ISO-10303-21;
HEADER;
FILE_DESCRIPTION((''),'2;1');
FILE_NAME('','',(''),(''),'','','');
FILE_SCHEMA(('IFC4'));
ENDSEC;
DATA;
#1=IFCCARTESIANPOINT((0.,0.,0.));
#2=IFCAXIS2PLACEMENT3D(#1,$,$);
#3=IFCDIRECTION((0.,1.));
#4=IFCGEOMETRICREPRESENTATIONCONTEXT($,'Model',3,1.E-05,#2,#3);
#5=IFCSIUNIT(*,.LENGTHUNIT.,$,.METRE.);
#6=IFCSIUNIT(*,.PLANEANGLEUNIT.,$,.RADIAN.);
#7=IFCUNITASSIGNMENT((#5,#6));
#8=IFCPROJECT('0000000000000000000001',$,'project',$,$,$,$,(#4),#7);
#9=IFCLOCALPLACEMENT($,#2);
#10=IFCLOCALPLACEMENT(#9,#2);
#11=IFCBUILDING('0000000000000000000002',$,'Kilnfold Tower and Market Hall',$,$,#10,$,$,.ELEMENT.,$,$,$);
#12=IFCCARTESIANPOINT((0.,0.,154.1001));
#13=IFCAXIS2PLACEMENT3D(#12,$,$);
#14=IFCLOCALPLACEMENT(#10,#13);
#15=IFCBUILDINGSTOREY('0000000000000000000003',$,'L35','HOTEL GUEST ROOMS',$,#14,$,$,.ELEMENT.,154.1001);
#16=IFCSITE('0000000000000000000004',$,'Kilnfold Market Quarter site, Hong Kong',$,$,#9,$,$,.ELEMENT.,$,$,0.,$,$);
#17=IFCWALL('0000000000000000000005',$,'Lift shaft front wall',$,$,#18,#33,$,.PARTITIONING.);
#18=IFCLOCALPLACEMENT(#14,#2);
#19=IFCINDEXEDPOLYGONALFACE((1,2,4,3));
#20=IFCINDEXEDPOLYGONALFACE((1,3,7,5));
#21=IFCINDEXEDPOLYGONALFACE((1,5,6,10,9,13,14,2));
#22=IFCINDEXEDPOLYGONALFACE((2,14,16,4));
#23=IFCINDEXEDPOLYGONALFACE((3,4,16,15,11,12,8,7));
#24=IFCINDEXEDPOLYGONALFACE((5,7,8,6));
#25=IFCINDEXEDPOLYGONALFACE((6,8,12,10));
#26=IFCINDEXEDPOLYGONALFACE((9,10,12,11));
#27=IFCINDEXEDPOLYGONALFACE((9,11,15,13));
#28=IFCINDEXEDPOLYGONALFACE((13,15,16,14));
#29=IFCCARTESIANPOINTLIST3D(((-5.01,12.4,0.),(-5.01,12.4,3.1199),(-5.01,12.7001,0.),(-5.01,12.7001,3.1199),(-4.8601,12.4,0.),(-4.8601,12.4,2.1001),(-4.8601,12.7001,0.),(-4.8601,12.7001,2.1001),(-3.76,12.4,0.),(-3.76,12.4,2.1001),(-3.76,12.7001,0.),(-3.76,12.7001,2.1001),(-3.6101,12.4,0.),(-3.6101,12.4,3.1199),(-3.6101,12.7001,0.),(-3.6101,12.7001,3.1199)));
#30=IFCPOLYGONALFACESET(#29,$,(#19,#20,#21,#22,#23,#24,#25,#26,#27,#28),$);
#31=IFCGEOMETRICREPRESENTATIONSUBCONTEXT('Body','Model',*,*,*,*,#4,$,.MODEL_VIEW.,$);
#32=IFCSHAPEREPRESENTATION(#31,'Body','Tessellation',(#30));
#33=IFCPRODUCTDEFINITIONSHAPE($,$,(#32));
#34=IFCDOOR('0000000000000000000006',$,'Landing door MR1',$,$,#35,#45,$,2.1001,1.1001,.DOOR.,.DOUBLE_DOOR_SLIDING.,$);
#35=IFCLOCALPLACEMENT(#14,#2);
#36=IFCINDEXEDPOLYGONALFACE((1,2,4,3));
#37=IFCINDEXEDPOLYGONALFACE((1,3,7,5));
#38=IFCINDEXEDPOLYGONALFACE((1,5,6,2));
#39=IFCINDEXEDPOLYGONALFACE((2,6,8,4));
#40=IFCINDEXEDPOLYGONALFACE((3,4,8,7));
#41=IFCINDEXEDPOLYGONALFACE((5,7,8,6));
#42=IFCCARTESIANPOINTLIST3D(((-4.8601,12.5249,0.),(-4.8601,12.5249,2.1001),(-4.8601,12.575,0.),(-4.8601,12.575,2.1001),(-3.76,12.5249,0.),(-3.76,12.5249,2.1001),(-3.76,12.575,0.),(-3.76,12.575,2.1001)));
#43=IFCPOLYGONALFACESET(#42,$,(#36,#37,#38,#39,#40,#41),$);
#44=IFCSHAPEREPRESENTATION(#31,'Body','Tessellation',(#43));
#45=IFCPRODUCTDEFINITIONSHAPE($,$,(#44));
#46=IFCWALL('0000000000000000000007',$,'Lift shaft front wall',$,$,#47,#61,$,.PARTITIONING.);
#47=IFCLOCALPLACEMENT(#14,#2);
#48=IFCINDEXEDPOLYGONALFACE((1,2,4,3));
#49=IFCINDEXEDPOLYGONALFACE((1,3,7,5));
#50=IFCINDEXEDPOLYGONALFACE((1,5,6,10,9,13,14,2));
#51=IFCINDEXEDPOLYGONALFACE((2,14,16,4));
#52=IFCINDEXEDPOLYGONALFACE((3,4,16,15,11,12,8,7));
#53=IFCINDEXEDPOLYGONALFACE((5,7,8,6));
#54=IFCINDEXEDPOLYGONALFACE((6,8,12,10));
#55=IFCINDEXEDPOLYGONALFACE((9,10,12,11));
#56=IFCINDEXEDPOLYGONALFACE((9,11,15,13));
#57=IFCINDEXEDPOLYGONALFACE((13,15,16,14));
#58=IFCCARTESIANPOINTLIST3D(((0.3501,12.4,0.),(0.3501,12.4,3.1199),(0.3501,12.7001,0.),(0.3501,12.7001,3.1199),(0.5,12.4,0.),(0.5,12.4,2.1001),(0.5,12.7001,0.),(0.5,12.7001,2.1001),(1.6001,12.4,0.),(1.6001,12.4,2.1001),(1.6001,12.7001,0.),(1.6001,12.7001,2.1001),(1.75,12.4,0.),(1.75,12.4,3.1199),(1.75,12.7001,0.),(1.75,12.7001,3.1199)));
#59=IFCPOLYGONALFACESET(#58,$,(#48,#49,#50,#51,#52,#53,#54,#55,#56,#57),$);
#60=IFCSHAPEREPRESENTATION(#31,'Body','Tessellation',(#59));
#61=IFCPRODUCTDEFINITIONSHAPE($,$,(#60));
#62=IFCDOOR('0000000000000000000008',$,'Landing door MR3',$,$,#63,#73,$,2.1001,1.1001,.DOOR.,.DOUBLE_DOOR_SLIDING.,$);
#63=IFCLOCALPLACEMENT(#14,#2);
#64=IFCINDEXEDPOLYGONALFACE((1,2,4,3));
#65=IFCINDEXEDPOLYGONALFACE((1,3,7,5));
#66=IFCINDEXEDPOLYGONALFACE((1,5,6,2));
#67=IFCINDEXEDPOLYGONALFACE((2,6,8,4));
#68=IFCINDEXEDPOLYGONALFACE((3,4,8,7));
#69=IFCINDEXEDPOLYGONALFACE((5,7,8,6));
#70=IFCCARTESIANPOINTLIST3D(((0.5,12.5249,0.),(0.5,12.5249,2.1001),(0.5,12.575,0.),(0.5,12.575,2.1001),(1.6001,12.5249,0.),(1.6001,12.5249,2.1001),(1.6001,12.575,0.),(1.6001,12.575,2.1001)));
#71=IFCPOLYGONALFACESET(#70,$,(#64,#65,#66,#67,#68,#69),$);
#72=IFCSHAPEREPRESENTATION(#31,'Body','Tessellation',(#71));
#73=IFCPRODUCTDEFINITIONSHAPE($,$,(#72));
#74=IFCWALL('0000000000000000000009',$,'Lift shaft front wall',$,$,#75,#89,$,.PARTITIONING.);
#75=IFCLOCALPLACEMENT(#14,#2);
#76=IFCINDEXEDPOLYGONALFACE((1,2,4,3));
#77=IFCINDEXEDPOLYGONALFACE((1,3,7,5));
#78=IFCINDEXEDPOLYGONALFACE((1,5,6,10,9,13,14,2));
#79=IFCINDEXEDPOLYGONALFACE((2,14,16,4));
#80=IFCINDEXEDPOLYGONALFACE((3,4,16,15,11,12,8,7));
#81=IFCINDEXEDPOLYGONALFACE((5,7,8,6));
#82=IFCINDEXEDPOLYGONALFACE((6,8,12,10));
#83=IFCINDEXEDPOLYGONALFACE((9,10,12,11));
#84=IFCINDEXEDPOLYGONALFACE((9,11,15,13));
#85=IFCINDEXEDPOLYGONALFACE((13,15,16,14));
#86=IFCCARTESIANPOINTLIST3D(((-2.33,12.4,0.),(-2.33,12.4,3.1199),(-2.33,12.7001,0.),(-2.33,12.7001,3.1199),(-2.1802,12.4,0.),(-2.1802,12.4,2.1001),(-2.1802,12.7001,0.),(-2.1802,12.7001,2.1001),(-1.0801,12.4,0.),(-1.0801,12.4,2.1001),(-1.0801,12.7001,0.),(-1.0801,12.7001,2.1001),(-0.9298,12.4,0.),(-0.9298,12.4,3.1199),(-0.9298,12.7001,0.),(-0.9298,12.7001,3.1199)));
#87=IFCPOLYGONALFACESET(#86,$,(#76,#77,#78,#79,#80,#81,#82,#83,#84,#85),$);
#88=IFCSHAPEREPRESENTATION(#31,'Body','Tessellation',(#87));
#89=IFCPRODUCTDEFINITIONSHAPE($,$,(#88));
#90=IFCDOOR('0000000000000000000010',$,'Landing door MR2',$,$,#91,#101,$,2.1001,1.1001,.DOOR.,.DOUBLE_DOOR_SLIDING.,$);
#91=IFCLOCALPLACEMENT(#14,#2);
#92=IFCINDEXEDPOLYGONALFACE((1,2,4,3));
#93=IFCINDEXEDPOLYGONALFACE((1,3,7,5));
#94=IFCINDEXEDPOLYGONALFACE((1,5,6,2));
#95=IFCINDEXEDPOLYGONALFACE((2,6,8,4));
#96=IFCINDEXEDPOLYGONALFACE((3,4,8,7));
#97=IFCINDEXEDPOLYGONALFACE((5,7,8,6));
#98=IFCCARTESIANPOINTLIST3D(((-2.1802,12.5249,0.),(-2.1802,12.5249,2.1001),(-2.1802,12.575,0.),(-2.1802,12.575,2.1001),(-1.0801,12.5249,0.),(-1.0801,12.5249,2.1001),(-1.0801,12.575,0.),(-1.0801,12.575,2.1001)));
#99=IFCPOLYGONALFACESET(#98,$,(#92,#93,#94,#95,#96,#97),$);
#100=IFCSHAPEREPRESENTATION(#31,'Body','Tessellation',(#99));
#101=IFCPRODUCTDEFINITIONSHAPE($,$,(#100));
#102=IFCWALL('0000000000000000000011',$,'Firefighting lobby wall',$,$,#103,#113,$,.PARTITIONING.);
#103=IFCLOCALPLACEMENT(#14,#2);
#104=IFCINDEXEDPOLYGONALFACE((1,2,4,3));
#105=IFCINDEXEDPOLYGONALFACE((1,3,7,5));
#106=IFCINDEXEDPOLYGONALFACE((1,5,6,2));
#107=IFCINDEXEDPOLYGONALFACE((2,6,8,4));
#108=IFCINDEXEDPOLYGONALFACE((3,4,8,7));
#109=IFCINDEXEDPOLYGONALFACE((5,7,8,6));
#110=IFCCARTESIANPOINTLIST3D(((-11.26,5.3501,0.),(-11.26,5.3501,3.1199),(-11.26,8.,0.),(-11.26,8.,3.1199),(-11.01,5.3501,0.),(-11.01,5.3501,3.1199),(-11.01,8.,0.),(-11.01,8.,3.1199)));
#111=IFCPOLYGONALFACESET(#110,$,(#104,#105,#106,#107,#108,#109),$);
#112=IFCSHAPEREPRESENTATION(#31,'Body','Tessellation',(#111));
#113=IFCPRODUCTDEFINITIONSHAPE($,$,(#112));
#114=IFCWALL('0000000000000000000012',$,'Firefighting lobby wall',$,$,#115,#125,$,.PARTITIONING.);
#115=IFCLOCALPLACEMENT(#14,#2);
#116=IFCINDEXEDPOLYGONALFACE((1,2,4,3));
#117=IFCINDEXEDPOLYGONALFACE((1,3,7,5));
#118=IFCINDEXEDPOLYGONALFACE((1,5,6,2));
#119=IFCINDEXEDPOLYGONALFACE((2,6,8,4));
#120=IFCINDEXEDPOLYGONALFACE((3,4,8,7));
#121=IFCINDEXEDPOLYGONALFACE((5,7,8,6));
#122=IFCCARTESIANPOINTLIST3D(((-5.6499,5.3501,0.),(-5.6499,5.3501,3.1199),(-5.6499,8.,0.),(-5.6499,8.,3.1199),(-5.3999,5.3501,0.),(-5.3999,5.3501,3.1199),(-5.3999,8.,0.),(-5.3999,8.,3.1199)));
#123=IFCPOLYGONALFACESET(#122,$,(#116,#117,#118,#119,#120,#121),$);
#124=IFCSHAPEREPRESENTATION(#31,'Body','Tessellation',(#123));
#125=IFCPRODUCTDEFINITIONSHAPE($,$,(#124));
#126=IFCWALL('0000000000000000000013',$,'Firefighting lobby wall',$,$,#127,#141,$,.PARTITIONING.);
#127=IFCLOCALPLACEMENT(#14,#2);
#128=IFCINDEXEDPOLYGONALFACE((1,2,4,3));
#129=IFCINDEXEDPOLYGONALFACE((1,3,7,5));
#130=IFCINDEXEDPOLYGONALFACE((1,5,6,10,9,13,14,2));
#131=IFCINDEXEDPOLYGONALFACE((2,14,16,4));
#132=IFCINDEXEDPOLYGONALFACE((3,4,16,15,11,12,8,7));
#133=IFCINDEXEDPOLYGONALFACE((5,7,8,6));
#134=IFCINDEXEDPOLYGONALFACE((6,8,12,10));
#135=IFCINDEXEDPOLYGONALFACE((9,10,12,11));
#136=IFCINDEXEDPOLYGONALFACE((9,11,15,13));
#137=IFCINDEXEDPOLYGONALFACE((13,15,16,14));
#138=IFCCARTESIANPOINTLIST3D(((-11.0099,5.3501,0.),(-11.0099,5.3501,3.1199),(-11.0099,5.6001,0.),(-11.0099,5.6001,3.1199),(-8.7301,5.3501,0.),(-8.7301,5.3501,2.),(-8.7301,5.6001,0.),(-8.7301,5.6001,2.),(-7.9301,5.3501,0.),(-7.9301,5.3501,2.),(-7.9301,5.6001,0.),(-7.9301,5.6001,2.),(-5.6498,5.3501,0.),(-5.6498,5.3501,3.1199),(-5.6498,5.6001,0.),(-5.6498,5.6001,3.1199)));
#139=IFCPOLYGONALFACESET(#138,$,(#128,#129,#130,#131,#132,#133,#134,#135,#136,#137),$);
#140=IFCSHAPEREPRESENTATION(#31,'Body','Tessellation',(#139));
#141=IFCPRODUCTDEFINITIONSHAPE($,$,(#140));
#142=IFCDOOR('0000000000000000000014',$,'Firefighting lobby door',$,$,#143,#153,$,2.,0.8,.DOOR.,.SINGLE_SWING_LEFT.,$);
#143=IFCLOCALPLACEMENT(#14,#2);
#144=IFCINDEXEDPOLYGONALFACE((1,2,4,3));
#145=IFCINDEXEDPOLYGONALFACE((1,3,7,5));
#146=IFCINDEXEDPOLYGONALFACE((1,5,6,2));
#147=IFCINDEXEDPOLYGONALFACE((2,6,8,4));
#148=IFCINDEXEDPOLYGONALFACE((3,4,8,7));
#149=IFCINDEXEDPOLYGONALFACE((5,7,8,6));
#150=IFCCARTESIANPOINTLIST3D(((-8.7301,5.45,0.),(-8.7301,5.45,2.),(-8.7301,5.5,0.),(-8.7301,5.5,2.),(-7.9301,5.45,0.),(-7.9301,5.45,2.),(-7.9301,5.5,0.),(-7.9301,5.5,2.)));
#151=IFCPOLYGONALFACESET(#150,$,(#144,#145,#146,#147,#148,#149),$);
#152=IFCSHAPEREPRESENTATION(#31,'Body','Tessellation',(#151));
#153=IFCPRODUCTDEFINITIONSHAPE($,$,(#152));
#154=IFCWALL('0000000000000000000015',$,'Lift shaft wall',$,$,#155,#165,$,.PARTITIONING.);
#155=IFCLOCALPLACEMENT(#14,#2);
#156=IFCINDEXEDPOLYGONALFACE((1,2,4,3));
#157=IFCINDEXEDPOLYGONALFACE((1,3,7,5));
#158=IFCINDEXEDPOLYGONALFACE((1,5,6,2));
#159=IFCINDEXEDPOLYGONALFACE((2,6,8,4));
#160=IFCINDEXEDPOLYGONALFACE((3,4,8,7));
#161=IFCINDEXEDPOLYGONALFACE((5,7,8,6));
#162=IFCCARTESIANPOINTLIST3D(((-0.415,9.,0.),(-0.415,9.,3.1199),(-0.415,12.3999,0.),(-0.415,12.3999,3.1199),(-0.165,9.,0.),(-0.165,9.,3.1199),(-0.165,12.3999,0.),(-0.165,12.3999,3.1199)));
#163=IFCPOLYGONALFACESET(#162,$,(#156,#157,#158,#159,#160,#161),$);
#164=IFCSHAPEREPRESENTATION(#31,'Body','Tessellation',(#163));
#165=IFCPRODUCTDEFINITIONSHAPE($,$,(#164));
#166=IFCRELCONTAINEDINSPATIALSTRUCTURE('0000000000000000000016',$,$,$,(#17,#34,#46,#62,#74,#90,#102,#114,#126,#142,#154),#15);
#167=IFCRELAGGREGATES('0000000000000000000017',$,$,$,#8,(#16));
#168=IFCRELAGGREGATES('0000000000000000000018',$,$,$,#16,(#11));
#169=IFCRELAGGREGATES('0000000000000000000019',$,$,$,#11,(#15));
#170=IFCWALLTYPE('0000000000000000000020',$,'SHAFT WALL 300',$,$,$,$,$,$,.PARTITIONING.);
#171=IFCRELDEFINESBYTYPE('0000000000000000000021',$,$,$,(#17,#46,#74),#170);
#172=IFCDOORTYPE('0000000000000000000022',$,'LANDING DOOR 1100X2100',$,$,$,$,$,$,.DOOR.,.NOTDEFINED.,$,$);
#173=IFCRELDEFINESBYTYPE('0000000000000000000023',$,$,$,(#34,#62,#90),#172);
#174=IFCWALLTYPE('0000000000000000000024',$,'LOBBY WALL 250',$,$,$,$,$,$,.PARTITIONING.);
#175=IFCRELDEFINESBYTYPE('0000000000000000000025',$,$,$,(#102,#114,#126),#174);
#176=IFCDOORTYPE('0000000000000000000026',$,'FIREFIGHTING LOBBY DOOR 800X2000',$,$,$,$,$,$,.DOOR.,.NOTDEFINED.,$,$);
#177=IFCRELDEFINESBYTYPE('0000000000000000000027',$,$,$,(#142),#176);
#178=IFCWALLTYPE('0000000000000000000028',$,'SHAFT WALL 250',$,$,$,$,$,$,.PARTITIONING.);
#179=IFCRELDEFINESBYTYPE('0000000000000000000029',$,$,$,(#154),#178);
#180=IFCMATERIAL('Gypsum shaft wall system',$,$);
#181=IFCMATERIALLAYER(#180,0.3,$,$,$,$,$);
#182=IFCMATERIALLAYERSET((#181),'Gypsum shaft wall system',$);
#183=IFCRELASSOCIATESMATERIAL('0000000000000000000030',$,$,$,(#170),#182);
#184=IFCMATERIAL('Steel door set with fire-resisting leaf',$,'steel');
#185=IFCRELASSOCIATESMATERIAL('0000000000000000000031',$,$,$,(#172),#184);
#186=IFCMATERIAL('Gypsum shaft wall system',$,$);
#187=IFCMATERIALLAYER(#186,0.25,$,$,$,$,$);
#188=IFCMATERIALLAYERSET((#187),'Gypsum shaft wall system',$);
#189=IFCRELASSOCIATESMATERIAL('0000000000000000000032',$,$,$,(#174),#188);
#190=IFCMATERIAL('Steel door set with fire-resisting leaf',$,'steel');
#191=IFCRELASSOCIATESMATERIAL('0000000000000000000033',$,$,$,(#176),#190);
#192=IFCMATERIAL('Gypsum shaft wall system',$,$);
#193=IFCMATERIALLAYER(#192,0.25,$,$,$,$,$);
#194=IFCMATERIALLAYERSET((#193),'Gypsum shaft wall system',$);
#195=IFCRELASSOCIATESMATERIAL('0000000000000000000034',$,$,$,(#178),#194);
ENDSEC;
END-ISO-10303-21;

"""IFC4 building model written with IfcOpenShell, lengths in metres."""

from ifc_helpers import new_model, si_unit, direction, frame, frame_2d, origin, place, context, subcontext, project, spatial, rectangle, extrude, source, transform, mapped, material, layer, layer_set, type_object, element, fill, save


model = new_model("IFC4")

# Units and contexts
model_context = context("Model", 3, precision=1e-05, world=origin(), true_north=direction((0.0, 1.0)))
body_context = subcontext(model_context, "Body", "Model", "MODEL_VIEW")
ifc_project = project(units=[si_unit("LENGTHUNIT", "METRE"), si_unit("PLANEANGLEUNIT", "RADIAN")], contexts=[model_context])

# Site, building, storey
site_placement = place(None, origin())
site = spatial("IfcSite", under=ifc_project, at=site_placement, Name="Kilnfold Market Quarter site, Hong Kong", CompositionType="ELEMENT", RefElevation=0.0)
building_placement = place(site_placement, origin())
building = spatial("IfcBuilding", under=site, at=building_placement, Name="Kilnfold Tower and Market Hall", CompositionType="ELEMENT")
storey_placement = place(building_placement, frame((0.0, 0.0, 154.1001)))
storey = spatial("IfcBuildingStorey", under=building, at=storey_placement, Name="L35", Description="HOTEL GUEST ROOMS", CompositionType="ELEMENT", Elevation=154.1001)

# Walls, openings, doors
ifc_material_1 = material(Name="Gypsum shaft wall system")
ifc_layer_1 = layer(ifc_material_1, 0.3)
ifc_layer_set_1 = layer_set([ifc_layer_1], Name="Gypsum shaft wall system")
wall_type_1 = type_object("IfcWallType", Name="SHAFT WALL 300", PredefinedType="PARTITIONING", material=ifc_layer_set_1)
shared_shape_1 = source(origin(), body_context, "Body", "SweptSolid", [
    extrude(rectangle(XDim=1.3999, YDim=0.3, at=frame_2d((0.7, 0.0))), origin(), (0.0, 0.0, 1.0), 3.1199),
])
wall_1_placement = place(storey_placement, frame((-5.01, 12.55, 0.0), z_axis=(0.0, 0.0, 1.0), x_axis=(1.0, 0.0, 0.0)))
wall_1 = element("IfcWall", 1, at=wall_1_placement, inside=storey, type_object=wall_type_1, Name="Lift shaft front wall", PredefinedType="PARTITIONING", context=body_context, shape_type="MappedRepresentation", body=[
    mapped(shared_shape_1, transform((0.0, 0.0, 0.0))),
])
opening_1_placement = place(wall_1_placement, frame((0.1499, 0.0, 0.0)))
opening_1 = element("IfcOpeningElement", 2, at=opening_1_placement, cuts=wall_1, PredefinedType="OPENING", context=body_context, shape_type="SweptSolid", body=[
    extrude(rectangle(XDim=1.1001, YDim=2.1001, at=frame_2d((0.55, 1.05))), frame((0.0, 0.1602, 0.0), z_axis=(0.0, -1.0, 0.0), x_axis=(1.0, 0.0, 0.0)), (0.0, 0.0, 1.0), 0.3201),
])
ifc_material_2 = material(Name="Steel door set with fire-resisting leaf", Category="steel")
door_type_1 = type_object("IfcDoorType", Name="LANDING DOOR 1100X2100", OperationType="NOTDEFINED", PredefinedType="DOOR", material=ifc_material_2)
door_1_placement = place(opening_1_placement, origin())
door_1 = element("IfcDoor", 3, at=door_1_placement, inside=storey, type_object=door_type_1, Name="Landing door MR1", OperationType="DOUBLE_DOOR_SLIDING", OverallHeight=2.1001, OverallWidth=1.1001, PredefinedType="DOOR", context=body_context, shape_type="SweptSolid", body=[
    extrude(rectangle(XDim=1.1001, YDim=2.1001, at=frame_2d((0.55, 1.05))), frame((0.0, 0.0249, 0.0), z_axis=(0.0, -1.0, 0.0), x_axis=(1.0, 0.0, 0.0)), (0.0, 0.0, 1.0), 0.05),
])
fill(opening_1, door_1)
wall_2_placement = place(storey_placement, frame((0.3501, 12.55, 0.0), z_axis=(0.0, 0.0, 1.0), x_axis=(1.0, 0.0, 0.0)))
wall_2 = element("IfcWall", 4, at=wall_2_placement, inside=storey, type_object=wall_type_1, Name="Lift shaft front wall", PredefinedType="PARTITIONING", context=body_context, shape_type="MappedRepresentation", body=[
    mapped(shared_shape_1, transform((0.0, 0.0, 0.0))),
])
opening_2_placement = place(wall_2_placement, frame((0.1499, 0.0, 0.0)))
opening_2 = element("IfcOpeningElement", 5, at=opening_2_placement, cuts=wall_2, PredefinedType="OPENING", context=body_context, shape_type="SweptSolid", body=[
    extrude(rectangle(XDim=1.1001, YDim=2.1001, at=frame_2d((0.55, 1.05))), frame((0.0, 0.1602, 0.0), z_axis=(0.0, -1.0, 0.0), x_axis=(1.0, 0.0, 0.0)), (0.0, 0.0, 1.0), 0.3201),
])
door_2_placement = place(opening_2_placement, origin())
door_2 = element("IfcDoor", 6, at=door_2_placement, inside=storey, type_object=door_type_1, Name="Landing door MR3", OperationType="DOUBLE_DOOR_SLIDING", OverallHeight=2.1001, OverallWidth=1.1001, PredefinedType="DOOR", context=body_context, shape_type="SweptSolid", body=[
    extrude(rectangle(XDim=1.1001, YDim=2.1001, at=frame_2d((0.55, 1.05))), frame((0.0, 0.0249, 0.0), z_axis=(0.0, -1.0, 0.0), x_axis=(1.0, 0.0, 0.0)), (0.0, 0.0, 1.0), 0.05),
])
fill(opening_2, door_2)
shared_shape_2 = source(origin(), body_context, "Body", "SweptSolid", [
    extrude(rectangle(XDim=1.4001, YDim=0.3, at=frame_2d((0.7002, 0.0))), origin(), (0.0, 0.0, 1.0), 3.1199),
])
wall_3_placement = place(storey_placement, frame((-2.3301, 12.55, 0.0), z_axis=(0.0, 0.0, 1.0), x_axis=(1.0, 0.0, 0.0)))
wall_3 = element("IfcWall", 7, at=wall_3_placement, inside=storey, type_object=wall_type_1, Name="Lift shaft front wall", PredefinedType="PARTITIONING", context=body_context, shape_type="MappedRepresentation", body=[
    mapped(shared_shape_2, transform((0.0, 0.0, 0.0))),
])
opening_3_placement = place(wall_3_placement, frame((0.1499, 0.0, 0.0)))
opening_3 = element("IfcOpeningElement", 8, at=opening_3_placement, cuts=wall_3, PredefinedType="OPENING", context=body_context, shape_type="SweptSolid", body=[
    extrude(rectangle(XDim=1.1001, YDim=2.1001, at=frame_2d((0.55, 1.05))), frame((0.0, 0.1602, 0.0), z_axis=(0.0, -1.0, 0.0), x_axis=(1.0, 0.0, 0.0)), (0.0, 0.0, 1.0), 0.3201),
])
door_3_placement = place(opening_3_placement, origin())
door_3 = element("IfcDoor", 9, at=door_3_placement, inside=storey, type_object=door_type_1, Name="Landing door MR2", OperationType="DOUBLE_DOOR_SLIDING", OverallHeight=2.1001, OverallWidth=1.1001, PredefinedType="DOOR", context=body_context, shape_type="SweptSolid", body=[
    extrude(rectangle(XDim=1.1001, YDim=2.1001, at=frame_2d((0.55, 1.05))), frame((0.0, 0.0249, 0.0), z_axis=(0.0, -1.0, 0.0), x_axis=(1.0, 0.0, 0.0)), (0.0, 0.0, 1.0), 0.05),
])
fill(opening_3, door_3)

# Walls
ifc_material_3 = material(Name="Gypsum shaft wall system")
ifc_layer_2 = layer(ifc_material_3, 0.25)
ifc_layer_set_2 = layer_set([ifc_layer_2], Name="Gypsum shaft wall system")
wall_type_2 = type_object("IfcWallType", Name="LOBBY WALL 250", PredefinedType="PARTITIONING", material=ifc_layer_set_2)
shared_shape_3 = source(origin(), body_context, "Body", "SweptSolid", [
    extrude(rectangle(XDim=2.6499, YDim=0.25, at=frame_2d((1.325, 0.0))), origin(), (0.0, 0.0, 1.0), 3.1199),
])
for number, where, z_axis, x_axis, name in (
    (10, (-11.135, 5.3501, 0.0), (0.0, 0.0, 1.0), (0.0, 1.0, 0.0), "Firefighting lobby wall"),
    (11, (-5.5249, 5.3501, 0.0), (0.0, 0.0, 1.0), (0.0, 1.0, 0.0), "Firefighting lobby wall"),
):
    element("IfcWall", number, at=place(storey_placement, frame(where, z_axis=z_axis, x_axis=x_axis)), inside=storey, type_object=wall_type_2, Name=name, PredefinedType="PARTITIONING", context=body_context, shape_type="MappedRepresentation", body=[
        mapped(shared_shape_3, transform((0.0, 0.0, 0.0))),
    ])

# Wall, opening, door
shared_shape_4 = source(origin(), body_context, "Body", "SweptSolid", [
    extrude(rectangle(XDim=5.3601, YDim=0.25, at=frame_2d((2.6802, 0.0))), origin(), (0.0, 0.0, 1.0), 3.1199),
])
wall_4_placement = place(storey_placement, frame((-11.01, 5.4751, 0.0), z_axis=(0.0, 0.0, 1.0), x_axis=(1.0, 0.0, 0.0)))
wall_4 = element("IfcWall", 12, at=wall_4_placement, inside=storey, type_object=wall_type_2, Name="Firefighting lobby wall", PredefinedType="PARTITIONING", context=body_context, shape_type="MappedRepresentation", body=[
    mapped(shared_shape_4, transform((0.0, 0.0, 0.0))),
])
opening_4_placement = place(wall_4_placement, frame((2.28, 0.0, 0.0)))
opening_4 = element("IfcOpeningElement", 13, at=opening_4_placement, cuts=wall_4, PredefinedType="OPENING", context=body_context, shape_type="SweptSolid", body=[
    extrude(rectangle(XDim=0.8, YDim=2.0, at=frame_2d((0.3999, 1.0))), frame((0.0, 0.135, 0.0), z_axis=(0.0, -1.0, 0.0), x_axis=(1.0, 0.0, 0.0)), (0.0, 0.0, 1.0), 0.27),
])
ifc_material_4 = material(Name="Steel door set with fire-resisting leaf", Category="steel")
door_type_2 = type_object("IfcDoorType", Name="FIREFIGHTING LOBBY DOOR 800X2000", OperationType="NOTDEFINED", PredefinedType="DOOR", material=ifc_material_4)
door_4_placement = place(opening_4_placement, origin())
door_4 = element("IfcDoor", 14, at=door_4_placement, inside=storey, type_object=door_type_2, Name="Firefighting lobby door", OperationType="SINGLE_SWING_LEFT", OverallHeight=2.0, OverallWidth=0.8, PredefinedType="DOOR", context=body_context, shape_type="SweptSolid", body=[
    extrude(rectangle(XDim=0.8, YDim=2.0, at=frame_2d((0.3999, 1.0))), frame((0.0, 0.0249, 0.0), z_axis=(0.0, -1.0, 0.0), x_axis=(1.0, 0.0, 0.0)), (0.0, 0.0, 1.0), 0.05),
])
fill(opening_4, door_4)

# Wall
ifc_material_5 = material(Name="Gypsum shaft wall system")
ifc_layer_3 = layer(ifc_material_5, 0.25)
ifc_layer_set_3 = layer_set([ifc_layer_3], Name="Gypsum shaft wall system")
wall_type_3 = type_object("IfcWallType", Name="SHAFT WALL 250", PredefinedType="PARTITIONING", material=ifc_layer_set_3)
shared_shape_5 = source(origin(), body_context, "Body", "SweptSolid", [
    extrude(rectangle(XDim=3.3999, YDim=0.25, at=frame_2d((1.7, 0.0))), origin(), (0.0, 0.0, 1.0), 3.1199),
])
for number, where, z_axis, x_axis, name in (
    (15, (-0.29, 9.0, 0.0), (0.0, 0.0, 1.0), (0.0, 1.0, 0.0), "Lift shaft wall"),
):
    element("IfcWall", number, at=place(storey_placement, frame(where, z_axis=z_axis, x_axis=x_axis)), inside=storey, type_object=wall_type_3, Name=name, PredefinedType="PARTITIONING", context=body_context, shape_type="MappedRepresentation", body=[
        mapped(shared_shape_5, transform((0.0, 0.0, 0.0))),
    ])

save(model, "model.ifc")
